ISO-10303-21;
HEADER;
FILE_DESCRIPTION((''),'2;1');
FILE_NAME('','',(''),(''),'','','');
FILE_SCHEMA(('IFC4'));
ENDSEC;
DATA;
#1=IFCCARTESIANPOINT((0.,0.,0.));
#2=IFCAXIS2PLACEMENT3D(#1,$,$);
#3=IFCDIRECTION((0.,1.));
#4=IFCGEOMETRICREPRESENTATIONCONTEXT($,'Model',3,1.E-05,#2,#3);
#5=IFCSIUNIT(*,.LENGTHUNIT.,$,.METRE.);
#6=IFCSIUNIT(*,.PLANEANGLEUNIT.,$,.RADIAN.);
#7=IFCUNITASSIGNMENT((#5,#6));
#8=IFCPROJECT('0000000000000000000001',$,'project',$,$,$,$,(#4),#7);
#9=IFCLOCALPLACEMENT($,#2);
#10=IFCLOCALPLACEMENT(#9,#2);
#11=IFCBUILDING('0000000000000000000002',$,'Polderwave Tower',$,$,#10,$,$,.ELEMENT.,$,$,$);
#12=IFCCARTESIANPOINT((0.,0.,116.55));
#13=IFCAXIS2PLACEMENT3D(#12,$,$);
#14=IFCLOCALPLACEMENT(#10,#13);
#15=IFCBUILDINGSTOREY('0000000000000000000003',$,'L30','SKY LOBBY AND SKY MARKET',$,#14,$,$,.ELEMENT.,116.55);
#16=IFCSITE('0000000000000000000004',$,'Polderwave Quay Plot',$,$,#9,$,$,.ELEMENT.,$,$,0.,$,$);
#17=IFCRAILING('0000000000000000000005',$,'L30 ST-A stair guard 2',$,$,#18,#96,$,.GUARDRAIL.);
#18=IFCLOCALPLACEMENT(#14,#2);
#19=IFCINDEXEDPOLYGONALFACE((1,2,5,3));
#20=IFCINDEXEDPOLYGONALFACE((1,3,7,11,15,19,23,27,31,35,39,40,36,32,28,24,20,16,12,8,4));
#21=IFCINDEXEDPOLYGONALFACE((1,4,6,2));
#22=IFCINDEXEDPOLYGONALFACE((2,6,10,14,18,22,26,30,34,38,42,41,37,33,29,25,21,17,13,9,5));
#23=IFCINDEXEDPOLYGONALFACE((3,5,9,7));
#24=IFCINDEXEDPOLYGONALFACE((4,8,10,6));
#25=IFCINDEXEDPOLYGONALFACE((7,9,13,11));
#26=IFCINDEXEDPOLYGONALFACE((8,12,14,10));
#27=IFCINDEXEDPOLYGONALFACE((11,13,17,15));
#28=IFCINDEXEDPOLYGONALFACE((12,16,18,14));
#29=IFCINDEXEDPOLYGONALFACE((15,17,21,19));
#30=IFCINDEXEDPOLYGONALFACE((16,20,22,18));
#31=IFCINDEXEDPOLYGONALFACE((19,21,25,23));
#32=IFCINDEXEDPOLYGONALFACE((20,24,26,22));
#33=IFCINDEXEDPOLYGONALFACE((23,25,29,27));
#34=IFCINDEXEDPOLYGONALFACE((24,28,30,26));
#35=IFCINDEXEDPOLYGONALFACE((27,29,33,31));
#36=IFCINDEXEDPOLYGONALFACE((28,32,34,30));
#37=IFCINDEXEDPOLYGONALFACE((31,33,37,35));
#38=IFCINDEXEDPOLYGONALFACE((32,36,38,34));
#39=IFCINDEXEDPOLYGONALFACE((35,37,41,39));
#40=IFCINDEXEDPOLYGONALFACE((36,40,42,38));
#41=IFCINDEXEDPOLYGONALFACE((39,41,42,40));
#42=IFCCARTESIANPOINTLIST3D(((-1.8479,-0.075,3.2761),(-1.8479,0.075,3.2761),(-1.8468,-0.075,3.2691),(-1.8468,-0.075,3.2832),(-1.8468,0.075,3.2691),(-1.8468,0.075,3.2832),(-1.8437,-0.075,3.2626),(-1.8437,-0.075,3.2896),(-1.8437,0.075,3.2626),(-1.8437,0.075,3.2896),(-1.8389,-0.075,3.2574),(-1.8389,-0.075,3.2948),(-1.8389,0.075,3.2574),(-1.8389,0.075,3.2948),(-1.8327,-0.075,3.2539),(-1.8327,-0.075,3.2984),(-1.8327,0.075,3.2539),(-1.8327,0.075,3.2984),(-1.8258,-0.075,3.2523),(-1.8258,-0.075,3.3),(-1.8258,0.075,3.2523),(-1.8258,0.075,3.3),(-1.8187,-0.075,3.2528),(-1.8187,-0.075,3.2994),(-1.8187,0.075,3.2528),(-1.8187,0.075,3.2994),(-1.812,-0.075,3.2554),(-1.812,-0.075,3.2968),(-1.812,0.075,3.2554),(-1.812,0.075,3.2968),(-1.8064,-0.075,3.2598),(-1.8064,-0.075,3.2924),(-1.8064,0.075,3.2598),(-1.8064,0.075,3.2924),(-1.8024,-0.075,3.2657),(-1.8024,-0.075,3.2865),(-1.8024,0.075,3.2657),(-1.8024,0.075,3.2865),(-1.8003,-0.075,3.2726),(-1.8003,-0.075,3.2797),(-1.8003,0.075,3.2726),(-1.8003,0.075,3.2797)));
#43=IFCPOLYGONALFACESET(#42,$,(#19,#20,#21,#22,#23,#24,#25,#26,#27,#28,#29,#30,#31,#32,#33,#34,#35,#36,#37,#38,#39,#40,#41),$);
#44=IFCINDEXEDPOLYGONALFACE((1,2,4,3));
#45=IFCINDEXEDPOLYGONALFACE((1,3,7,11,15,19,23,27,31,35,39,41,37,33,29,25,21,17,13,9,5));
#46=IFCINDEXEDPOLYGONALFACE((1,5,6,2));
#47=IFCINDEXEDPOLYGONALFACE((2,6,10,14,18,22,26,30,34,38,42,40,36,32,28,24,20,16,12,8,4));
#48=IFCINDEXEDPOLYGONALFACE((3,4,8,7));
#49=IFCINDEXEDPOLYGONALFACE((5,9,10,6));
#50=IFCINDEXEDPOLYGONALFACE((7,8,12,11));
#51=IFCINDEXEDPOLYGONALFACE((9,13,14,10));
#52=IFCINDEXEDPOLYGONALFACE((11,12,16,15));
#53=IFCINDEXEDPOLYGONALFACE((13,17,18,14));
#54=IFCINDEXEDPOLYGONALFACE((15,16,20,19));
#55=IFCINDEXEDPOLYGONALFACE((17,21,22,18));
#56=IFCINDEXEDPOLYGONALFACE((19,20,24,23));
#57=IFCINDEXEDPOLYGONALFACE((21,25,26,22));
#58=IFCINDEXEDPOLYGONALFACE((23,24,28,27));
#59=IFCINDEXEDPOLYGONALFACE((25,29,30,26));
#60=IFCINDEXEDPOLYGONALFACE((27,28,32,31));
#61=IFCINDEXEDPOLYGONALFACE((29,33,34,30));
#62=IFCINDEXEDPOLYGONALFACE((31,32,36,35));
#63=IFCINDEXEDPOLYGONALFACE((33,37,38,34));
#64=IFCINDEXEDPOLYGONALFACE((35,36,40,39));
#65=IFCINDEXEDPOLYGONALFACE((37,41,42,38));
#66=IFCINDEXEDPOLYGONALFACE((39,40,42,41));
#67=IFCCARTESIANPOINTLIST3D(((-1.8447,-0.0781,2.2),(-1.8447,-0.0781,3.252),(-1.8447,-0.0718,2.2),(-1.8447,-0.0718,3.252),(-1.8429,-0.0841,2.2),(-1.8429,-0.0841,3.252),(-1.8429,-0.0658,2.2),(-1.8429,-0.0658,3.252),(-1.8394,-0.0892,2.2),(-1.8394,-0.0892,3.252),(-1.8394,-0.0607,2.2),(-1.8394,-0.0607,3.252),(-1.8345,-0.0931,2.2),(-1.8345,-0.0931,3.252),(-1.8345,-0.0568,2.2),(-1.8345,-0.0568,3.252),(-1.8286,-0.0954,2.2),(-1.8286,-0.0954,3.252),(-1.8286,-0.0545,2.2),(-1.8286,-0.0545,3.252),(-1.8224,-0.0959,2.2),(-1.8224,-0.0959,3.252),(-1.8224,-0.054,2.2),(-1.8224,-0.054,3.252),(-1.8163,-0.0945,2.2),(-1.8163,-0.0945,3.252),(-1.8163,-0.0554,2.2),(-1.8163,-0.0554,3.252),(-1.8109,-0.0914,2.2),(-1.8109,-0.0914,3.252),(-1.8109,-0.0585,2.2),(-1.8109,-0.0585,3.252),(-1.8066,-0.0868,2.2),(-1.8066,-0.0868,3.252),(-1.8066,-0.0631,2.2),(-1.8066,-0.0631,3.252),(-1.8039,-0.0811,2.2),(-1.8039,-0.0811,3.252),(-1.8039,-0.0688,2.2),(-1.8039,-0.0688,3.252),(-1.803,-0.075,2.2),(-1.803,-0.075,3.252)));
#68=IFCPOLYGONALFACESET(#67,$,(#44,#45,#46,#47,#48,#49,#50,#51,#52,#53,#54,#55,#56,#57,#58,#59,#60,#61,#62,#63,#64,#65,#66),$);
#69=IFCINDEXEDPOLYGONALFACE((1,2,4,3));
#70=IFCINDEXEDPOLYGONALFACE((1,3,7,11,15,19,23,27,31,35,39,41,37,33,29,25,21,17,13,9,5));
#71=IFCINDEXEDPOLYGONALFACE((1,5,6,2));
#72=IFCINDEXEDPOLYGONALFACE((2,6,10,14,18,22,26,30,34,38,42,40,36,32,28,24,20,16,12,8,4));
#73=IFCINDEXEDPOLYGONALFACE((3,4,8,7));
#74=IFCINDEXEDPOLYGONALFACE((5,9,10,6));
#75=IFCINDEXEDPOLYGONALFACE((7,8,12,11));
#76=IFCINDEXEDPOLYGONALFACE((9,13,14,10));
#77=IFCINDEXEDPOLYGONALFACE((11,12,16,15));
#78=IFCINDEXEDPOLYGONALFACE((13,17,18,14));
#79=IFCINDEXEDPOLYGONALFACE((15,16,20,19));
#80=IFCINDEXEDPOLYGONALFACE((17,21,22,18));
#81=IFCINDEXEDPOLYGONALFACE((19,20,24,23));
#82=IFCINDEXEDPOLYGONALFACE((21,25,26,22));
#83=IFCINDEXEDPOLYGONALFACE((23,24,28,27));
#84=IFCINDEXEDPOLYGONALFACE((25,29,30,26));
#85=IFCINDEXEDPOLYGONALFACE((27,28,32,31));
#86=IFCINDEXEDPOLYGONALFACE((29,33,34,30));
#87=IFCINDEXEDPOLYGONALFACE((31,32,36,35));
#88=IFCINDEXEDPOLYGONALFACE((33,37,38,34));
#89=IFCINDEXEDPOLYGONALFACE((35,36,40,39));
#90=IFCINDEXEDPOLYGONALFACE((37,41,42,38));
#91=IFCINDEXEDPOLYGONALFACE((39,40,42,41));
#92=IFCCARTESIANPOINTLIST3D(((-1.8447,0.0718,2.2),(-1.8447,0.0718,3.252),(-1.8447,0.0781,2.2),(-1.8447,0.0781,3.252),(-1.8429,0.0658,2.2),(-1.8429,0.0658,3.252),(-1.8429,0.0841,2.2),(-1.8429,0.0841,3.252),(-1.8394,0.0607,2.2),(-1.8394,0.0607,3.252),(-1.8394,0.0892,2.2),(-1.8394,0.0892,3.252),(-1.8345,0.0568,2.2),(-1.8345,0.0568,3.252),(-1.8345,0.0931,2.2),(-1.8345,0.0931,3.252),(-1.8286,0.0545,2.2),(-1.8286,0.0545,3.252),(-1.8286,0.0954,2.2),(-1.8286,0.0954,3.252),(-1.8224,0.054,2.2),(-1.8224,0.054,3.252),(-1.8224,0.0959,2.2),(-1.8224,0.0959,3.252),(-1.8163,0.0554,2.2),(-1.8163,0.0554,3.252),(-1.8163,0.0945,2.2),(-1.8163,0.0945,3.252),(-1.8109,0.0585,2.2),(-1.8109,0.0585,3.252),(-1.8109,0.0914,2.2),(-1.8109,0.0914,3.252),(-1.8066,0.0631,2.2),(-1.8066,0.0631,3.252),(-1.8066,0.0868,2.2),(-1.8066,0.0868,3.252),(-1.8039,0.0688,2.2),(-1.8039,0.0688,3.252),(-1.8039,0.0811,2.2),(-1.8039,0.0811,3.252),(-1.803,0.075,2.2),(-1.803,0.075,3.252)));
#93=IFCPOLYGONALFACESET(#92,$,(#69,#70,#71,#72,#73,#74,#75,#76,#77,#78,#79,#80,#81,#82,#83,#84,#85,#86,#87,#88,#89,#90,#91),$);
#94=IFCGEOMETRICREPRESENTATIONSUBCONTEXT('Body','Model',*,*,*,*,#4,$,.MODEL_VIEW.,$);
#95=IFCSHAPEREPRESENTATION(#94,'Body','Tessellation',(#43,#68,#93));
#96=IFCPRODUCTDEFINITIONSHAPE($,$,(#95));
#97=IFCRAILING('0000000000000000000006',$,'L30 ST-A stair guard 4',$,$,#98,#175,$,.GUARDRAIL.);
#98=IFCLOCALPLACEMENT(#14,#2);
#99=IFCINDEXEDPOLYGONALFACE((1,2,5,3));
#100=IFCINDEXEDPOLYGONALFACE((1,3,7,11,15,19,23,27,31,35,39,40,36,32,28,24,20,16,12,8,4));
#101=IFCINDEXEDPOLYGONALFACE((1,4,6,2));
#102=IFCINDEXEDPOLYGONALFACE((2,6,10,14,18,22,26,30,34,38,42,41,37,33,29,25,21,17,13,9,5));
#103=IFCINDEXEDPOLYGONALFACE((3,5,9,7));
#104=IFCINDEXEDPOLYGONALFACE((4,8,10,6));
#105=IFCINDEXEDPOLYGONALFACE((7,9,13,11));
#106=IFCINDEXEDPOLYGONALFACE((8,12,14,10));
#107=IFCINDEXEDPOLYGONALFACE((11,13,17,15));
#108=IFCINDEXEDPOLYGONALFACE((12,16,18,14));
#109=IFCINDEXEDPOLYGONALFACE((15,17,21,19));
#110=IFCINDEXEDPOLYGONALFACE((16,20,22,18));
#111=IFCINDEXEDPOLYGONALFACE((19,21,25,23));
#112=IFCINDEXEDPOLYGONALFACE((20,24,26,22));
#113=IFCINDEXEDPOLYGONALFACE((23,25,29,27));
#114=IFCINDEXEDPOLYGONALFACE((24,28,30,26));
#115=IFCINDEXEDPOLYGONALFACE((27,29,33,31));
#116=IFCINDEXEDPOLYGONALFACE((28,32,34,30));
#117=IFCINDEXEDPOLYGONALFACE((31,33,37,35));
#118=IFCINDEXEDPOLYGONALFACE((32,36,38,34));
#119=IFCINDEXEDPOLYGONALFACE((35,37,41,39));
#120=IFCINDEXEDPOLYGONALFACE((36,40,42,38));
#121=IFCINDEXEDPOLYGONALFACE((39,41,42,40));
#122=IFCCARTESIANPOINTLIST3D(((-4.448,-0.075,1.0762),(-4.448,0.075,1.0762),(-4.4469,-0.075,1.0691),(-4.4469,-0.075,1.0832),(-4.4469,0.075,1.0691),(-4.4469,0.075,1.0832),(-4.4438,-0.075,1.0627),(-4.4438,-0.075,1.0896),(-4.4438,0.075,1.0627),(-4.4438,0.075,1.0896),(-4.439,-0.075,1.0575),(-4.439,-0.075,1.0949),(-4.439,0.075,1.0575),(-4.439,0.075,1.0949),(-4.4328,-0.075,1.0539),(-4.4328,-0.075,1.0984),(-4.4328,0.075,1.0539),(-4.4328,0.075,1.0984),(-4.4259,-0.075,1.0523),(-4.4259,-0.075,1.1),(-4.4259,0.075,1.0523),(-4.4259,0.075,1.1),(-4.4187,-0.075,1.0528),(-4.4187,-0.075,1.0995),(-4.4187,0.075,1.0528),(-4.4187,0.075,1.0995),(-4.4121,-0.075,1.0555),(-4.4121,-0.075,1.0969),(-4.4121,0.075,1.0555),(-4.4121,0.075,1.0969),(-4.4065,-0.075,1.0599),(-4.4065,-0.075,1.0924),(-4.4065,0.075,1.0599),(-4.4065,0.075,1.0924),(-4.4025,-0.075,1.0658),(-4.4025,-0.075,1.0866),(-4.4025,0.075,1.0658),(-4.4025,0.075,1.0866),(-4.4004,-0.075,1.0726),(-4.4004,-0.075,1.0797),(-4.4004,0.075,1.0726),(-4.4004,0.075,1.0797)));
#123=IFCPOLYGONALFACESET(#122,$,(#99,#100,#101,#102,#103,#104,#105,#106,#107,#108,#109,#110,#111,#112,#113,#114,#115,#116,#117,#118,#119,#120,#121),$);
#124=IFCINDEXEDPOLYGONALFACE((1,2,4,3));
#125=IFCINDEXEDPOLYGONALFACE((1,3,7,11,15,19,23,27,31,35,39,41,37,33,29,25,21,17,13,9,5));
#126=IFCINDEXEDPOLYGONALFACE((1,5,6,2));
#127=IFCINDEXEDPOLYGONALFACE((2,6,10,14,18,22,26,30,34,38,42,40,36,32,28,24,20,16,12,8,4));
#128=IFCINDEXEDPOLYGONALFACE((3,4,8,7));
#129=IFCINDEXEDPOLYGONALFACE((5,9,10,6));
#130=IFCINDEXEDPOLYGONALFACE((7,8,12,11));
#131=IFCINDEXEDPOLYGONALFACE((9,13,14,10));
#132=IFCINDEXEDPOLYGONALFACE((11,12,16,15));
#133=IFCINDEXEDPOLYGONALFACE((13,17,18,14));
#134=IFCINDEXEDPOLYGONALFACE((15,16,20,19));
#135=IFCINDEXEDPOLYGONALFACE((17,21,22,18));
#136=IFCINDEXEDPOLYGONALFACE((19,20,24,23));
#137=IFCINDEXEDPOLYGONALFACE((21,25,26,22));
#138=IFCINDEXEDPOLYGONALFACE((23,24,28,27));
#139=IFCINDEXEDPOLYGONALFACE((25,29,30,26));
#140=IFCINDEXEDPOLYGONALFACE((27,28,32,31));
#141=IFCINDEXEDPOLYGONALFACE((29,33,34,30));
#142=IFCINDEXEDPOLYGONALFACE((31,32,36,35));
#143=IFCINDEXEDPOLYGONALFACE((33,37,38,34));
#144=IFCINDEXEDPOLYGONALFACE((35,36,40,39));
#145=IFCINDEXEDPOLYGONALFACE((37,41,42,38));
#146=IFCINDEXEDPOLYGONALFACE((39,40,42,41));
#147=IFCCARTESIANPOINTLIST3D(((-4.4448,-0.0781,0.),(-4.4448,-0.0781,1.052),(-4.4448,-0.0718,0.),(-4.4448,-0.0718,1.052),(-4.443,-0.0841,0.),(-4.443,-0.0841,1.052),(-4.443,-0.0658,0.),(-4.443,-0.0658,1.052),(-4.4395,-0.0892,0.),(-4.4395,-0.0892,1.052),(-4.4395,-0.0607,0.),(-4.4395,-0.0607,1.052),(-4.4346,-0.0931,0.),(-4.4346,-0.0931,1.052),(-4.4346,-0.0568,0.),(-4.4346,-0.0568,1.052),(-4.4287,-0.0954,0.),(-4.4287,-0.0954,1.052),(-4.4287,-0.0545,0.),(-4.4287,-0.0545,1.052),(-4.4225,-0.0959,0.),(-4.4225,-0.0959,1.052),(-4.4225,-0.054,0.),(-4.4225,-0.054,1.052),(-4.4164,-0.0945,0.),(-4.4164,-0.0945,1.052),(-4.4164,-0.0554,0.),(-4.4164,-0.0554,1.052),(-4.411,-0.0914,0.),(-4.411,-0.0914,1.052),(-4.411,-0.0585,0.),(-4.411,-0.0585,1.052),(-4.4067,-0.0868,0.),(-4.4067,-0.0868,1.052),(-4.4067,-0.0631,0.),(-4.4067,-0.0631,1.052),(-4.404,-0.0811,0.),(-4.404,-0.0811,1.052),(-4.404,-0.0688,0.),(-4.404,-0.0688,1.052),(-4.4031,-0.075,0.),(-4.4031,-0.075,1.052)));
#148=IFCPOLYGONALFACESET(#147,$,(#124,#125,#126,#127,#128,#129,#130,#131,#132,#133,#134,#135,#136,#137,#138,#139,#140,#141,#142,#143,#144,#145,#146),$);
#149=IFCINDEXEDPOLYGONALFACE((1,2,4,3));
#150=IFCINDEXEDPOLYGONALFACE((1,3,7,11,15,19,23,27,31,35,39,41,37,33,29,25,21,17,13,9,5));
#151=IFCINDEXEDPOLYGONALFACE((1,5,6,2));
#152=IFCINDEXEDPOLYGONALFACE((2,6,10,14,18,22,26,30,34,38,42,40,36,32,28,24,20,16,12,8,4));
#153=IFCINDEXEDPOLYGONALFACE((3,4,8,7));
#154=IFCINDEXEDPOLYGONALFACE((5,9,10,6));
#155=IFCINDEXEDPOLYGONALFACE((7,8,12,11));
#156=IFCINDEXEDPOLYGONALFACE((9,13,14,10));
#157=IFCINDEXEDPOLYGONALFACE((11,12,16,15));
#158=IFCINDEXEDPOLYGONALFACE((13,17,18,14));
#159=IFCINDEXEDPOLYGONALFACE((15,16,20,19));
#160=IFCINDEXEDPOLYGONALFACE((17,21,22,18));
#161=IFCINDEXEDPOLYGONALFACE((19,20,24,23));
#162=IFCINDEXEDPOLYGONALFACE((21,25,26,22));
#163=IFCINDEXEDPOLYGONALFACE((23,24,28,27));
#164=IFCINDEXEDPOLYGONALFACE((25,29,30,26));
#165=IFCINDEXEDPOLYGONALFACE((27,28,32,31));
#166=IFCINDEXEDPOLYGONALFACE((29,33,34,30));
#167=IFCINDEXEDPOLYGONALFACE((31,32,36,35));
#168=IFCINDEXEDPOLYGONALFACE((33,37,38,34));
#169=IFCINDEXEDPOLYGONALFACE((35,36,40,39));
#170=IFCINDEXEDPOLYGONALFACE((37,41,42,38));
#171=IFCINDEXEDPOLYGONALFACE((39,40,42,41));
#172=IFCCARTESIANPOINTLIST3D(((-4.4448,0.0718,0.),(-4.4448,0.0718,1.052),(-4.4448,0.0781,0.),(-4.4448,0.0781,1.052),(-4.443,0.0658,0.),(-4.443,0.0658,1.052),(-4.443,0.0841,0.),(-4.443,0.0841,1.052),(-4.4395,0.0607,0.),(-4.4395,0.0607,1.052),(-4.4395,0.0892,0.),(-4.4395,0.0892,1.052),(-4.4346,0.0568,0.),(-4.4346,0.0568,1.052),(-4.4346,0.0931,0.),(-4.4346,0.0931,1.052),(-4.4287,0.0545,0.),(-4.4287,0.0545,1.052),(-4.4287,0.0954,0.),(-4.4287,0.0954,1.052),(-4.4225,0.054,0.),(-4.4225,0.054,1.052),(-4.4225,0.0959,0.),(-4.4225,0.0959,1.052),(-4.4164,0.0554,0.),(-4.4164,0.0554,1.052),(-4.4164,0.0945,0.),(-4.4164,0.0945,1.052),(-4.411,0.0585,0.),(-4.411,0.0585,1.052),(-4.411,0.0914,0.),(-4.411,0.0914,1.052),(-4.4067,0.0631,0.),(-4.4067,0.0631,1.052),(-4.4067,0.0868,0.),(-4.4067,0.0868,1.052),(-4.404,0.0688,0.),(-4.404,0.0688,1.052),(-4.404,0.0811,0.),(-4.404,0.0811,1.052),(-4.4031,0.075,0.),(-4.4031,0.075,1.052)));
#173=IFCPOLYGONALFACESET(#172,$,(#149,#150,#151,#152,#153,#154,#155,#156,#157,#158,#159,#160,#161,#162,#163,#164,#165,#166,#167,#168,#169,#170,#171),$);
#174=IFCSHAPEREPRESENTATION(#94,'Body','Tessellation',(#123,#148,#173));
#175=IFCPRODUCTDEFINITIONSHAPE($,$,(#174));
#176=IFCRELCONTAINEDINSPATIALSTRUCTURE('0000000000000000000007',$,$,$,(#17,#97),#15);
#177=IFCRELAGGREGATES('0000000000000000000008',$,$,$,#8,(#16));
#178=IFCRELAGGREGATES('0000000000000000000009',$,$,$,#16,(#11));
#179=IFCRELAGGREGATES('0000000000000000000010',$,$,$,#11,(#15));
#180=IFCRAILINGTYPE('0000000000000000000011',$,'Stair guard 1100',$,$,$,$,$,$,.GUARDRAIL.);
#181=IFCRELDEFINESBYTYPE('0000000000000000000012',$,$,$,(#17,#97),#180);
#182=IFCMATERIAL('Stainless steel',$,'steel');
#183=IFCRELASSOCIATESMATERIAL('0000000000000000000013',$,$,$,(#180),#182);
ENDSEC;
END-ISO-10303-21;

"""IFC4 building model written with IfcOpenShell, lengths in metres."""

from ifc_helpers import new_model, si_unit, direction, frame, origin, origin_2d, place, context, subcontext, project, spatial, circle, extrude, material, type_object, element, save


model = new_model("IFC4")

# Units and contexts
model_context = context("Model", 3, precision=1e-05, world=origin(), true_north=direction((0.0, 1.0)))
body_context = subcontext(model_context, "Body", "Model", "MODEL_VIEW")
ifc_project = project(units=[si_unit("LENGTHUNIT", "METRE"), si_unit("PLANEANGLEUNIT", "RADIAN")], contexts=[model_context])

# Site, building, storey
site_placement = place(None, origin())
site = spatial("IfcSite", under=ifc_project, at=site_placement, Name="Polderwave Quay Plot", CompositionType="ELEMENT", RefElevation=0.0)
building_placement = place(site_placement, origin())
building = spatial("IfcBuilding", under=site, at=building_placement, Name="Polderwave Tower", CompositionType="ELEMENT")
storey_placement = place(building_placement, frame((0.0, 0.0, 116.55)))
storey = spatial("IfcBuildingStorey", under=building, at=storey_placement, Name="L30", Description="SKY LOBBY AND SKY MARKET", CompositionType="ELEMENT", Elevation=116.55)

# Shared definitions
ifc_material_1 = material(Name="Stainless steel", Category="steel")

# Railings
railing_type_1 = type_object("IfcRailingType", Name="Stair guard 1100", PredefinedType="GUARDRAIL", material=ifc_material_1)
for number, where, name in (
    (1, (-1.824, -0.075, 2.2), "L30 ST-A stair guard 2"),
    (2, (-4.4241, -0.075, 0.0), "L30 ST-A stair guard 4"),
):
    element("IfcRailing", number, at=place(storey_placement, frame(where)), inside=storey, type_object=railing_type_1, Name=name, PredefinedType="GUARDRAIL", context=body_context, shape_type="SweptSolid", body=[
        extrude(circle(Radius=0.0239, at=origin_2d()), frame((0.0, 0.0, 1.0762), z_axis=(0.0, 1.0, 0.0), x_axis=(-1.0, 0.0, 0.0)), (0.0, 0.0, 1.0), 0.1499),
        extrude(circle(Radius=0.021, at=origin_2d()), origin(), (0.0, 0.0, 1.0), 1.052),
        extrude(circle(Radius=0.021, at=origin_2d()), frame((0.0, 0.1499, 0.0)), (0.0, 0.0, 1.0), 1.052),
    ])

save(model, "model.ifc")
